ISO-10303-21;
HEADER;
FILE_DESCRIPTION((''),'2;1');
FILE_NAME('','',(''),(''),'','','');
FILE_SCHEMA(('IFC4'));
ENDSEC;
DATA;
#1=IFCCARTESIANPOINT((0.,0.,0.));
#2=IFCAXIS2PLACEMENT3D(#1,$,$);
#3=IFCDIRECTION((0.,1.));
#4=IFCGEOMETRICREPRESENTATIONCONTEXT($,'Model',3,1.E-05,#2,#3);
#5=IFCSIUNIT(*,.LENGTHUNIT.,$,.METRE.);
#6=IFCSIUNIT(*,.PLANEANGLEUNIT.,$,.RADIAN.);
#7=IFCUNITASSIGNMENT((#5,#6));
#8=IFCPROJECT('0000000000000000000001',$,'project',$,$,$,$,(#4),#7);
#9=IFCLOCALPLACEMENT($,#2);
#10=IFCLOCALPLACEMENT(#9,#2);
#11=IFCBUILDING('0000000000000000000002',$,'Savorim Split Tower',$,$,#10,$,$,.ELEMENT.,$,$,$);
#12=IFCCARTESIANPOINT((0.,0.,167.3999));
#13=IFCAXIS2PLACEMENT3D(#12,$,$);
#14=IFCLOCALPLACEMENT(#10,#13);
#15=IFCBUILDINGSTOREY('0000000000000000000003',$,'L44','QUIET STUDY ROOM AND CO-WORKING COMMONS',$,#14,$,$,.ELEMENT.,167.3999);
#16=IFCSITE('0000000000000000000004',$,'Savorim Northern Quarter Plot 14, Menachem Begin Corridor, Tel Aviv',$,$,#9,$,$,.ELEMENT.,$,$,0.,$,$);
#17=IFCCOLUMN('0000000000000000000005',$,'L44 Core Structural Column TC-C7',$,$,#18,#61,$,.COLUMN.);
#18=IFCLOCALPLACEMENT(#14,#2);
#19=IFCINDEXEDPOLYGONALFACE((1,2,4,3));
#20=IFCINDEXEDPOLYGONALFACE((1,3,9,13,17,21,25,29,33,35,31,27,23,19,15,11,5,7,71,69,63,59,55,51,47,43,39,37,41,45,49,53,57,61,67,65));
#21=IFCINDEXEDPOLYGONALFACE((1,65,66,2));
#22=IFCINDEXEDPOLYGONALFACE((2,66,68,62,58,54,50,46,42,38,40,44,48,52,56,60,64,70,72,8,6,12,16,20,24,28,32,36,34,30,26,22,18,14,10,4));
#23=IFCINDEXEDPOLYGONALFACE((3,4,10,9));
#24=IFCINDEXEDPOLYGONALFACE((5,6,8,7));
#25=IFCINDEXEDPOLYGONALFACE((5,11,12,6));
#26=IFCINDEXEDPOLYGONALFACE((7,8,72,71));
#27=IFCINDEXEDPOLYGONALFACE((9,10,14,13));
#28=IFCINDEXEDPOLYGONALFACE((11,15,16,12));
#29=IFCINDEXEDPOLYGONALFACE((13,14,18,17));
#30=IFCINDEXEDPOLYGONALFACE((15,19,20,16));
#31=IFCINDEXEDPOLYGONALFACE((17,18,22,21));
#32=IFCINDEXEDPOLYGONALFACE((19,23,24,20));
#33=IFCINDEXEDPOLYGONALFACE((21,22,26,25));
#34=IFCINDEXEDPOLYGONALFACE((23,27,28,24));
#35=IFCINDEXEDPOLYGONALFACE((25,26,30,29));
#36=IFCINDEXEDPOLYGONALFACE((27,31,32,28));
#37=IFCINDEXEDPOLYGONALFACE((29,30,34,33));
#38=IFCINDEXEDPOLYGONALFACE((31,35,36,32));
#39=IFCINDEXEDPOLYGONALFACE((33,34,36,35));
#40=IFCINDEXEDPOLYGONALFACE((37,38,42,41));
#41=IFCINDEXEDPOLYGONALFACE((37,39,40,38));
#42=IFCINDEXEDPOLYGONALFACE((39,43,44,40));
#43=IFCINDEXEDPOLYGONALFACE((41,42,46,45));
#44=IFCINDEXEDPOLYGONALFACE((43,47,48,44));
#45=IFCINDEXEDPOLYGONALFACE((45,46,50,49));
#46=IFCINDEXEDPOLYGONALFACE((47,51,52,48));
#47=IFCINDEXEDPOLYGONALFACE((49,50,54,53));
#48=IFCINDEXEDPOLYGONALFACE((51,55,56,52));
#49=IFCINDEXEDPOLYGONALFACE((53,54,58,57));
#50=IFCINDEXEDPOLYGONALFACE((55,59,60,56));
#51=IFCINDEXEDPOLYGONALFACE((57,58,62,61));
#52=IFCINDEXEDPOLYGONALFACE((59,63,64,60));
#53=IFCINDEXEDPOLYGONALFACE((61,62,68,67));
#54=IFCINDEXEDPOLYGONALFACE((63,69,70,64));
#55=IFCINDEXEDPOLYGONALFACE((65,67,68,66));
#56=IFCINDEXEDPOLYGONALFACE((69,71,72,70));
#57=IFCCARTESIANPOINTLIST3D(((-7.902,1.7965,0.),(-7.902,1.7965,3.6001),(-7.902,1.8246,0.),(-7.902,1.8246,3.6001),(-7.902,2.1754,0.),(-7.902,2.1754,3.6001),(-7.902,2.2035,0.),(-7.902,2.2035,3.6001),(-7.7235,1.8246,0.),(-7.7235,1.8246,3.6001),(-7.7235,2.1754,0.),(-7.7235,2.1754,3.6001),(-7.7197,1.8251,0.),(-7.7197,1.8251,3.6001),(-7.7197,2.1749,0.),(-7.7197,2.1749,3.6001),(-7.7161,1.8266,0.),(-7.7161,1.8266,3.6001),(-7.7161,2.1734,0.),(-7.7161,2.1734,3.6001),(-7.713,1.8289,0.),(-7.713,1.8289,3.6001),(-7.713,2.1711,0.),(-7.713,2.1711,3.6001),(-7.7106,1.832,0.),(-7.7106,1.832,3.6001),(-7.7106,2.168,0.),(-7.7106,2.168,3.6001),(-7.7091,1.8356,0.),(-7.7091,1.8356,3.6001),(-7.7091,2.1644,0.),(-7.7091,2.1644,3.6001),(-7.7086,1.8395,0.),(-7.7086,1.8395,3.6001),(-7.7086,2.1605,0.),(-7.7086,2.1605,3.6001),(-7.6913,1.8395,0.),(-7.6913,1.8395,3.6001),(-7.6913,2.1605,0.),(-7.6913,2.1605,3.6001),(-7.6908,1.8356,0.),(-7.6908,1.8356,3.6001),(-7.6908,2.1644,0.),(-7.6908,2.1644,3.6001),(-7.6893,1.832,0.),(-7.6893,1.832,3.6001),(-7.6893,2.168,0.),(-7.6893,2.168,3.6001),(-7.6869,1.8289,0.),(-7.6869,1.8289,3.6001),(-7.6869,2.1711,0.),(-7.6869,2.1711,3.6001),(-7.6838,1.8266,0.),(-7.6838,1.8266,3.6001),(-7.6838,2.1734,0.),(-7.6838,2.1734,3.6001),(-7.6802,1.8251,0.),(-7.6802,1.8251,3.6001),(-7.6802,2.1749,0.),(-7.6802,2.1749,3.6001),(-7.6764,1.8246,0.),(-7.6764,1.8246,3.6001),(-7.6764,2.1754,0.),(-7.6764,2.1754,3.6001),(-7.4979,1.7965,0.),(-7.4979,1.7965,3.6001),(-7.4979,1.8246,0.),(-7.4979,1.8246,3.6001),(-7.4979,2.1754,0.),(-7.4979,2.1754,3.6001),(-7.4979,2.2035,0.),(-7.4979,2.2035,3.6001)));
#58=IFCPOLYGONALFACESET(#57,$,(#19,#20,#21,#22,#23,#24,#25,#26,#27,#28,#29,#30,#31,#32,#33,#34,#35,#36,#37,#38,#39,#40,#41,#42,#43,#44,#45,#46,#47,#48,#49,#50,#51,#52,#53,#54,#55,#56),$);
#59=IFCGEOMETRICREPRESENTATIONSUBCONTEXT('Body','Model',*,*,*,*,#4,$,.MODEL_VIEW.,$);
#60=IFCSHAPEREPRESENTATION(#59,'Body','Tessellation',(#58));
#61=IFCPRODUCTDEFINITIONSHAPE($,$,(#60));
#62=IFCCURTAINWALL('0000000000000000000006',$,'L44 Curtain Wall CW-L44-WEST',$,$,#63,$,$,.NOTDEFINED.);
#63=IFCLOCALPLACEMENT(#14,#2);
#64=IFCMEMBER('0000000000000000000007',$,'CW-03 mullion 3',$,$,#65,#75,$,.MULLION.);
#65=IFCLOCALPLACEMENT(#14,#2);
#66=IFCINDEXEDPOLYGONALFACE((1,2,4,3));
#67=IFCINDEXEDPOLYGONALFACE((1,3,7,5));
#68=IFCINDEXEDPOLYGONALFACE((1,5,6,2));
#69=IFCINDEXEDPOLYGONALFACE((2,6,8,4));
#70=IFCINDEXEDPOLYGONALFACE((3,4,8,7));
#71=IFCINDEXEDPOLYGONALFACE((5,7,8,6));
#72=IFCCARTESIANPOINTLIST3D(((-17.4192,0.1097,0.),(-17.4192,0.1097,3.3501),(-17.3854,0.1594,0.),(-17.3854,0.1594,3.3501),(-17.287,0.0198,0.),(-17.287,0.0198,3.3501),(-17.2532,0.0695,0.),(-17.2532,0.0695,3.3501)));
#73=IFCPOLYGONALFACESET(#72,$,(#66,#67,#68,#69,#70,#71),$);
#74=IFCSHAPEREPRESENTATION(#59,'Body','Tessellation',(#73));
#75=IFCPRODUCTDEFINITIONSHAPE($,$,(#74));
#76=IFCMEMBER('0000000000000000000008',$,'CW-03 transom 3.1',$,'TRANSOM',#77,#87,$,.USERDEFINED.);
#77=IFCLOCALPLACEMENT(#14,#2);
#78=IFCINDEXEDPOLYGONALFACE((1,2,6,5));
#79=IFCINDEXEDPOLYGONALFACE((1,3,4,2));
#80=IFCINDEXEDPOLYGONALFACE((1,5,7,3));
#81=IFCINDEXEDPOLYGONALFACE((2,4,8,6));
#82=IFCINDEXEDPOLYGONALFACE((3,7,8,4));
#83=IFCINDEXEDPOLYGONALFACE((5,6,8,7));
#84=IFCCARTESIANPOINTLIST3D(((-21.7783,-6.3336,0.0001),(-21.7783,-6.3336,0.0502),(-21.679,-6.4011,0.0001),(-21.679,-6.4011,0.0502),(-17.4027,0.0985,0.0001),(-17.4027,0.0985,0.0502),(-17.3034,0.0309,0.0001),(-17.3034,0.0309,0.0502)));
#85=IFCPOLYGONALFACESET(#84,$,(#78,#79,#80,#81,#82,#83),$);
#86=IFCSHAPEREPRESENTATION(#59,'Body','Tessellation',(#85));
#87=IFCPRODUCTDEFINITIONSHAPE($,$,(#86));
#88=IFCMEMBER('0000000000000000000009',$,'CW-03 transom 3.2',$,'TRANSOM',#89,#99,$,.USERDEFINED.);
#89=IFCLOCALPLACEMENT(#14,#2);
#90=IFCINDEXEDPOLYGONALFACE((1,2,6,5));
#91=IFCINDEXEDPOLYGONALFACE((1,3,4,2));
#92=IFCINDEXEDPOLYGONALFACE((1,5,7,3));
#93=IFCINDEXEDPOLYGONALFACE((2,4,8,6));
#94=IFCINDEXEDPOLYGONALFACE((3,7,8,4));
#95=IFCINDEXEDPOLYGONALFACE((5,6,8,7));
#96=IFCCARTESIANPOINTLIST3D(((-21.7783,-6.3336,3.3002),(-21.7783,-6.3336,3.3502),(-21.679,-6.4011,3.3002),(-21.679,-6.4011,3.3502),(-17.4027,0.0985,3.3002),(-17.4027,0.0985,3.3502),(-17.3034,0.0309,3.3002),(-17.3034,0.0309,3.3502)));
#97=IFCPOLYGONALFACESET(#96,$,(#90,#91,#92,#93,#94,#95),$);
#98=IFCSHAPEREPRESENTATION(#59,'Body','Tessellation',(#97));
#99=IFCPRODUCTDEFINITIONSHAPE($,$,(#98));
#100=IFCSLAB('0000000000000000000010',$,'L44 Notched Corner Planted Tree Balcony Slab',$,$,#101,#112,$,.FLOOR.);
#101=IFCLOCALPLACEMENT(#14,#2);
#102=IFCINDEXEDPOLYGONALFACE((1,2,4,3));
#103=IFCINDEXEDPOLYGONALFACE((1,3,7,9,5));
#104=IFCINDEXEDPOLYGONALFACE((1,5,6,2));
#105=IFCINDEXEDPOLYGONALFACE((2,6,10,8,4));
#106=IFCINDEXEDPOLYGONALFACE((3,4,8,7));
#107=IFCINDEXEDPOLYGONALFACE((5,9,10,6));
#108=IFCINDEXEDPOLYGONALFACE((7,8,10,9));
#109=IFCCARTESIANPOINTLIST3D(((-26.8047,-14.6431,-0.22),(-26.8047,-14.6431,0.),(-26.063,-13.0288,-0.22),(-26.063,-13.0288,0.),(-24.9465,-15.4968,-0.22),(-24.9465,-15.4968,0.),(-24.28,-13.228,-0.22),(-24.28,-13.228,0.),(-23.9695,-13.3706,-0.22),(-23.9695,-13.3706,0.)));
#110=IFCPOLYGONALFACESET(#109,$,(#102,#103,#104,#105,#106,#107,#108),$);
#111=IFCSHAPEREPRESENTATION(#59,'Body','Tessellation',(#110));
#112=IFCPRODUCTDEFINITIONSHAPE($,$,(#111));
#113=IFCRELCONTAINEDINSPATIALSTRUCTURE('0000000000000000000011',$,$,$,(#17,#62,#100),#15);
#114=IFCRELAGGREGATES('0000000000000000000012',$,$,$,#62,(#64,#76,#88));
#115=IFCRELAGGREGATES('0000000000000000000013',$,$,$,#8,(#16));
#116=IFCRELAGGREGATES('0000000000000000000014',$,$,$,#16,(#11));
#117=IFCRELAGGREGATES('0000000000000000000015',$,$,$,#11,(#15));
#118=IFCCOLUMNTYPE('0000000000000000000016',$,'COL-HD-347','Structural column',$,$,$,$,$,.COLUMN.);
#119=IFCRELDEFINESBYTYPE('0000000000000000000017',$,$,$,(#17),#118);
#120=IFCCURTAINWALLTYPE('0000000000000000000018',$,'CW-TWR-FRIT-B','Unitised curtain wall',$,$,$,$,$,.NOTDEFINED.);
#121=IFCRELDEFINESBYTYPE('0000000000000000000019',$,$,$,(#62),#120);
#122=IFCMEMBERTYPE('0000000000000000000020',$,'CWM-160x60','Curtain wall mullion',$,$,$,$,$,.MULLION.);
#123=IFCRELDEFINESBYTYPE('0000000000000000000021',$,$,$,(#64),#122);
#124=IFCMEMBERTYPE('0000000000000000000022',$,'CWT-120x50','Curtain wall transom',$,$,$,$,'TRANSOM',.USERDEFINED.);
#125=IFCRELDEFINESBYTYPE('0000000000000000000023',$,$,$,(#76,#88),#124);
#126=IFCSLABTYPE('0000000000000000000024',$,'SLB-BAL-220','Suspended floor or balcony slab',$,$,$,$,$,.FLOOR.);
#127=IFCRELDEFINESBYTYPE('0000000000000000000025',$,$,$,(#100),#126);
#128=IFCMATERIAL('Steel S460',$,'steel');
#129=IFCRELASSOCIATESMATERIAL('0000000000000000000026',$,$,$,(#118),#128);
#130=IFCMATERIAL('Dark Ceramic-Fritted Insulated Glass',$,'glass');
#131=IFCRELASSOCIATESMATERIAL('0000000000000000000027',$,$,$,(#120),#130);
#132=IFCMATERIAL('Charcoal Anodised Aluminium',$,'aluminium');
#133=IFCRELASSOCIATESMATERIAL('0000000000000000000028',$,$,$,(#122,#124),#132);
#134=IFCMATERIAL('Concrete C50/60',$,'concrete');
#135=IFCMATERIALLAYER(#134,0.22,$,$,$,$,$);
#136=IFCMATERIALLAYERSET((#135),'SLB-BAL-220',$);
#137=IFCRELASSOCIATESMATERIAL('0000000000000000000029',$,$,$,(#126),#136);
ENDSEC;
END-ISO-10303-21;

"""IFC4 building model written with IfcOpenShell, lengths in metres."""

from ifc_helpers import new_model, si_unit, direction, frame, origin, origin_2d, place, context, subcontext, project, spatial, polyline, rectangle, i_section, outline, extrude, material, layer, layer_set, material_profile, profile_set, type_object, element, aggregate, save


model = new_model("IFC4")

# Units and contexts
model_context = context("Model", 3, precision=1e-05, world=origin(), true_north=direction((0.0, 1.0)))
body_context = subcontext(model_context, "Body", "Model", "MODEL_VIEW")
ifc_project = project(units=[si_unit("LENGTHUNIT", "METRE"), si_unit("PLANEANGLEUNIT", "RADIAN")], contexts=[model_context])

# Site, building, storey
site_placement = place(None, origin())
site = spatial("IfcSite", under=ifc_project, at=site_placement, Name="Savorim Northern Quarter Plot 14, Menachem Begin Corridor, Tel Aviv", CompositionType="ELEMENT", RefElevation=0.0)
building_placement = place(site_placement, origin())
building = spatial("IfcBuilding", under=site, at=building_placement, Name="Savorim Split Tower", CompositionType="ELEMENT")
storey_placement = place(building_placement, frame((0.0, 0.0, 167.3999)))
storey = spatial("IfcBuildingStorey", under=building, at=storey_placement, Name="L44", Description="QUIET STUDY ROOM AND CO-WORKING COMMONS", CompositionType="ELEMENT", Elevation=167.3999)

# Column
ifc_material_1 = material(Name="Steel S460", Category="steel")
ifc_material_profile_1 = material_profile(ifc_material_1, i_section(OverallWidth=0.4041, OverallDepth=0.407, WebThickness=0.0173, FlangeThickness=0.0281, FilletRadius=0.0149, at=origin_2d()), Name="HD 400x347")
ifc_profile_set_1 = profile_set([ifc_material_profile_1], Name="Steel S460")
column_type = type_object("IfcColumnType", Name="COL-HD-347", Description="Structural column", PredefinedType="COLUMN", material=ifc_profile_set_1)
column_placement = place(storey_placement, frame((-7.7, 2.0, 0.0), z_axis=(0.0, 0.0, 1.0), x_axis=(1.0, 0.0, 0.0)))
element("IfcColumn", 1, at=column_placement, inside=storey, type_object=column_type, Name="L44 Core Structural Column TC-C7", PredefinedType="COLUMN", context=body_context, shape_type="SweptSolid", body=[
    extrude(i_section(OverallWidth=0.4041, OverallDepth=0.407, WebThickness=0.0173, FlangeThickness=0.0281, FilletRadius=0.0149, at=origin_2d()), origin(), (0.0, 0.0, 1.0), 3.6001),
])

# Curtain wall, members
ifc_material_2 = material(Name="Dark Ceramic-Fritted Insulated Glass", Category="glass")
curtain_wall_type = type_object("IfcCurtainWallType", Name="CW-TWR-FRIT-B", Description="Unitised curtain wall", PredefinedType="NOTDEFINED", material=ifc_material_2)
curtain_wall_placement = place(storey_placement, origin())
curtain_wall = element("IfcCurtainWall", 2, at=curtain_wall_placement, inside=storey, type_object=curtain_wall_type, Name="L44 Curtain Wall CW-L44-WEST", PredefinedType="NOTDEFINED")
ifc_material_3 = material(Name="Charcoal Anodised Aluminium", Category="aluminium")
ifc_material_profile_2 = material_profile(ifc_material_3, rectangle(XDim=0.1599, YDim=0.0601, at=origin_2d()), Name="ALU-M 160x60")
ifc_profile_set_2 = profile_set([ifc_material_profile_2], Name="Charcoal Anodised Aluminium")
member_type_1 = type_object("IfcMemberType", Name="CWM-160x60", Description="Curtain wall mullion", PredefinedType="MULLION", material=ifc_profile_set_2)
member_1_placement = place(storey_placement, frame((-17.3362, 0.0896, 0.0), z_axis=(0.0, 0.0, 1.0), x_axis=(0.826819, -0.562468, 0.0)))
member_1 = element("IfcMember", 3, at=member_1_placement, type_object=member_type_1, Name="CW-03 mullion 3", PredefinedType="MULLION", context=body_context, shape_type="SweptSolid", body=[
    extrude(rectangle(XDim=0.1599, YDim=0.0601, at=origin_2d()), origin(), (0.0, 0.0, 1.0), 3.3501),
])
ifc_material_profile_3 = material_profile(ifc_material_3, rectangle(XDim=0.1201, YDim=0.05, at=origin_2d()), Name="ALU-T 120x50")
ifc_profile_set_3 = profile_set([ifc_material_profile_3], Name="Charcoal Anodised Aluminium")
member_type_2 = type_object("IfcMemberType", Name="CWT-120x50", Description="Curtain wall transom", ElementType="TRANSOM", PredefinedType="USERDEFINED", material=ifc_profile_set_3)
member_2_placement = place(storey_placement, frame((-17.353, 0.0647, 0.0251), z_axis=(-0.562476, -0.826814, 0.0), x_axis=(0.826814, -0.562476, 0.0)))
member_2 = element("IfcMember", 4, at=member_2_placement, type_object=member_type_2, Name="CW-03 transom 3.1", ObjectType="TRANSOM", PredefinedType="USERDEFINED", context=body_context, shape_type="SweptSolid", body=[
    extrude(rectangle(XDim=0.1201, YDim=0.05, at=origin_2d()), origin(), (0.0, 0.0, 1.0), 7.7793),
])
member_3_placement = place(storey_placement, frame((-17.353, 0.0647, 3.3252), z_axis=(-0.562476, -0.826814, 0.0), x_axis=(0.826814, -0.562476, 0.0)))
member_3 = element("IfcMember", 5, at=member_3_placement, type_object=member_type_2, Name="CW-03 transom 3.2", ObjectType="TRANSOM", PredefinedType="USERDEFINED", context=body_context, shape_type="SweptSolid", body=[
    extrude(rectangle(XDim=0.1201, YDim=0.05, at=origin_2d()), origin(), (0.0, 0.0, 1.0), 7.7793),
])
aggregate(curtain_wall, [member_1, member_2, member_3])

# Slab
ifc_material_4 = material(Name="Concrete C50/60", Category="concrete")
ifc_layer_1 = layer(ifc_material_4, 0.22)
ifc_layer_set_1 = layer_set([ifc_layer_1], Name="SLB-BAL-220")
slab_type_1 = type_object("IfcSlabType", Name="SLB-BAL-220", Description="Suspended floor or balcony slab", PredefinedType="FLOOR", material=ifc_layer_set_1)
slab_1_placement = place(storey_placement, frame((0.0, 0.0, -0.22)))
element("IfcSlab", 6, at=slab_1_placement, inside=storey, type_object=slab_type_1, Name="L44 Notched Corner Planted Tree Balcony Slab", PredefinedType="FLOOR", context=body_context, shape_type="SweptSolid", body=[
    extrude(outline(polyline([(-24.9465, -15.4968), (-23.9695, -13.3706), (-24.28, -13.228), (-26.063, -13.0288), (-26.8047, -14.6431), (-24.9465, -15.4968)])), origin(), (0.0, 0.0, 1.0), 0.22),
])

save(model, "model.ifc")
